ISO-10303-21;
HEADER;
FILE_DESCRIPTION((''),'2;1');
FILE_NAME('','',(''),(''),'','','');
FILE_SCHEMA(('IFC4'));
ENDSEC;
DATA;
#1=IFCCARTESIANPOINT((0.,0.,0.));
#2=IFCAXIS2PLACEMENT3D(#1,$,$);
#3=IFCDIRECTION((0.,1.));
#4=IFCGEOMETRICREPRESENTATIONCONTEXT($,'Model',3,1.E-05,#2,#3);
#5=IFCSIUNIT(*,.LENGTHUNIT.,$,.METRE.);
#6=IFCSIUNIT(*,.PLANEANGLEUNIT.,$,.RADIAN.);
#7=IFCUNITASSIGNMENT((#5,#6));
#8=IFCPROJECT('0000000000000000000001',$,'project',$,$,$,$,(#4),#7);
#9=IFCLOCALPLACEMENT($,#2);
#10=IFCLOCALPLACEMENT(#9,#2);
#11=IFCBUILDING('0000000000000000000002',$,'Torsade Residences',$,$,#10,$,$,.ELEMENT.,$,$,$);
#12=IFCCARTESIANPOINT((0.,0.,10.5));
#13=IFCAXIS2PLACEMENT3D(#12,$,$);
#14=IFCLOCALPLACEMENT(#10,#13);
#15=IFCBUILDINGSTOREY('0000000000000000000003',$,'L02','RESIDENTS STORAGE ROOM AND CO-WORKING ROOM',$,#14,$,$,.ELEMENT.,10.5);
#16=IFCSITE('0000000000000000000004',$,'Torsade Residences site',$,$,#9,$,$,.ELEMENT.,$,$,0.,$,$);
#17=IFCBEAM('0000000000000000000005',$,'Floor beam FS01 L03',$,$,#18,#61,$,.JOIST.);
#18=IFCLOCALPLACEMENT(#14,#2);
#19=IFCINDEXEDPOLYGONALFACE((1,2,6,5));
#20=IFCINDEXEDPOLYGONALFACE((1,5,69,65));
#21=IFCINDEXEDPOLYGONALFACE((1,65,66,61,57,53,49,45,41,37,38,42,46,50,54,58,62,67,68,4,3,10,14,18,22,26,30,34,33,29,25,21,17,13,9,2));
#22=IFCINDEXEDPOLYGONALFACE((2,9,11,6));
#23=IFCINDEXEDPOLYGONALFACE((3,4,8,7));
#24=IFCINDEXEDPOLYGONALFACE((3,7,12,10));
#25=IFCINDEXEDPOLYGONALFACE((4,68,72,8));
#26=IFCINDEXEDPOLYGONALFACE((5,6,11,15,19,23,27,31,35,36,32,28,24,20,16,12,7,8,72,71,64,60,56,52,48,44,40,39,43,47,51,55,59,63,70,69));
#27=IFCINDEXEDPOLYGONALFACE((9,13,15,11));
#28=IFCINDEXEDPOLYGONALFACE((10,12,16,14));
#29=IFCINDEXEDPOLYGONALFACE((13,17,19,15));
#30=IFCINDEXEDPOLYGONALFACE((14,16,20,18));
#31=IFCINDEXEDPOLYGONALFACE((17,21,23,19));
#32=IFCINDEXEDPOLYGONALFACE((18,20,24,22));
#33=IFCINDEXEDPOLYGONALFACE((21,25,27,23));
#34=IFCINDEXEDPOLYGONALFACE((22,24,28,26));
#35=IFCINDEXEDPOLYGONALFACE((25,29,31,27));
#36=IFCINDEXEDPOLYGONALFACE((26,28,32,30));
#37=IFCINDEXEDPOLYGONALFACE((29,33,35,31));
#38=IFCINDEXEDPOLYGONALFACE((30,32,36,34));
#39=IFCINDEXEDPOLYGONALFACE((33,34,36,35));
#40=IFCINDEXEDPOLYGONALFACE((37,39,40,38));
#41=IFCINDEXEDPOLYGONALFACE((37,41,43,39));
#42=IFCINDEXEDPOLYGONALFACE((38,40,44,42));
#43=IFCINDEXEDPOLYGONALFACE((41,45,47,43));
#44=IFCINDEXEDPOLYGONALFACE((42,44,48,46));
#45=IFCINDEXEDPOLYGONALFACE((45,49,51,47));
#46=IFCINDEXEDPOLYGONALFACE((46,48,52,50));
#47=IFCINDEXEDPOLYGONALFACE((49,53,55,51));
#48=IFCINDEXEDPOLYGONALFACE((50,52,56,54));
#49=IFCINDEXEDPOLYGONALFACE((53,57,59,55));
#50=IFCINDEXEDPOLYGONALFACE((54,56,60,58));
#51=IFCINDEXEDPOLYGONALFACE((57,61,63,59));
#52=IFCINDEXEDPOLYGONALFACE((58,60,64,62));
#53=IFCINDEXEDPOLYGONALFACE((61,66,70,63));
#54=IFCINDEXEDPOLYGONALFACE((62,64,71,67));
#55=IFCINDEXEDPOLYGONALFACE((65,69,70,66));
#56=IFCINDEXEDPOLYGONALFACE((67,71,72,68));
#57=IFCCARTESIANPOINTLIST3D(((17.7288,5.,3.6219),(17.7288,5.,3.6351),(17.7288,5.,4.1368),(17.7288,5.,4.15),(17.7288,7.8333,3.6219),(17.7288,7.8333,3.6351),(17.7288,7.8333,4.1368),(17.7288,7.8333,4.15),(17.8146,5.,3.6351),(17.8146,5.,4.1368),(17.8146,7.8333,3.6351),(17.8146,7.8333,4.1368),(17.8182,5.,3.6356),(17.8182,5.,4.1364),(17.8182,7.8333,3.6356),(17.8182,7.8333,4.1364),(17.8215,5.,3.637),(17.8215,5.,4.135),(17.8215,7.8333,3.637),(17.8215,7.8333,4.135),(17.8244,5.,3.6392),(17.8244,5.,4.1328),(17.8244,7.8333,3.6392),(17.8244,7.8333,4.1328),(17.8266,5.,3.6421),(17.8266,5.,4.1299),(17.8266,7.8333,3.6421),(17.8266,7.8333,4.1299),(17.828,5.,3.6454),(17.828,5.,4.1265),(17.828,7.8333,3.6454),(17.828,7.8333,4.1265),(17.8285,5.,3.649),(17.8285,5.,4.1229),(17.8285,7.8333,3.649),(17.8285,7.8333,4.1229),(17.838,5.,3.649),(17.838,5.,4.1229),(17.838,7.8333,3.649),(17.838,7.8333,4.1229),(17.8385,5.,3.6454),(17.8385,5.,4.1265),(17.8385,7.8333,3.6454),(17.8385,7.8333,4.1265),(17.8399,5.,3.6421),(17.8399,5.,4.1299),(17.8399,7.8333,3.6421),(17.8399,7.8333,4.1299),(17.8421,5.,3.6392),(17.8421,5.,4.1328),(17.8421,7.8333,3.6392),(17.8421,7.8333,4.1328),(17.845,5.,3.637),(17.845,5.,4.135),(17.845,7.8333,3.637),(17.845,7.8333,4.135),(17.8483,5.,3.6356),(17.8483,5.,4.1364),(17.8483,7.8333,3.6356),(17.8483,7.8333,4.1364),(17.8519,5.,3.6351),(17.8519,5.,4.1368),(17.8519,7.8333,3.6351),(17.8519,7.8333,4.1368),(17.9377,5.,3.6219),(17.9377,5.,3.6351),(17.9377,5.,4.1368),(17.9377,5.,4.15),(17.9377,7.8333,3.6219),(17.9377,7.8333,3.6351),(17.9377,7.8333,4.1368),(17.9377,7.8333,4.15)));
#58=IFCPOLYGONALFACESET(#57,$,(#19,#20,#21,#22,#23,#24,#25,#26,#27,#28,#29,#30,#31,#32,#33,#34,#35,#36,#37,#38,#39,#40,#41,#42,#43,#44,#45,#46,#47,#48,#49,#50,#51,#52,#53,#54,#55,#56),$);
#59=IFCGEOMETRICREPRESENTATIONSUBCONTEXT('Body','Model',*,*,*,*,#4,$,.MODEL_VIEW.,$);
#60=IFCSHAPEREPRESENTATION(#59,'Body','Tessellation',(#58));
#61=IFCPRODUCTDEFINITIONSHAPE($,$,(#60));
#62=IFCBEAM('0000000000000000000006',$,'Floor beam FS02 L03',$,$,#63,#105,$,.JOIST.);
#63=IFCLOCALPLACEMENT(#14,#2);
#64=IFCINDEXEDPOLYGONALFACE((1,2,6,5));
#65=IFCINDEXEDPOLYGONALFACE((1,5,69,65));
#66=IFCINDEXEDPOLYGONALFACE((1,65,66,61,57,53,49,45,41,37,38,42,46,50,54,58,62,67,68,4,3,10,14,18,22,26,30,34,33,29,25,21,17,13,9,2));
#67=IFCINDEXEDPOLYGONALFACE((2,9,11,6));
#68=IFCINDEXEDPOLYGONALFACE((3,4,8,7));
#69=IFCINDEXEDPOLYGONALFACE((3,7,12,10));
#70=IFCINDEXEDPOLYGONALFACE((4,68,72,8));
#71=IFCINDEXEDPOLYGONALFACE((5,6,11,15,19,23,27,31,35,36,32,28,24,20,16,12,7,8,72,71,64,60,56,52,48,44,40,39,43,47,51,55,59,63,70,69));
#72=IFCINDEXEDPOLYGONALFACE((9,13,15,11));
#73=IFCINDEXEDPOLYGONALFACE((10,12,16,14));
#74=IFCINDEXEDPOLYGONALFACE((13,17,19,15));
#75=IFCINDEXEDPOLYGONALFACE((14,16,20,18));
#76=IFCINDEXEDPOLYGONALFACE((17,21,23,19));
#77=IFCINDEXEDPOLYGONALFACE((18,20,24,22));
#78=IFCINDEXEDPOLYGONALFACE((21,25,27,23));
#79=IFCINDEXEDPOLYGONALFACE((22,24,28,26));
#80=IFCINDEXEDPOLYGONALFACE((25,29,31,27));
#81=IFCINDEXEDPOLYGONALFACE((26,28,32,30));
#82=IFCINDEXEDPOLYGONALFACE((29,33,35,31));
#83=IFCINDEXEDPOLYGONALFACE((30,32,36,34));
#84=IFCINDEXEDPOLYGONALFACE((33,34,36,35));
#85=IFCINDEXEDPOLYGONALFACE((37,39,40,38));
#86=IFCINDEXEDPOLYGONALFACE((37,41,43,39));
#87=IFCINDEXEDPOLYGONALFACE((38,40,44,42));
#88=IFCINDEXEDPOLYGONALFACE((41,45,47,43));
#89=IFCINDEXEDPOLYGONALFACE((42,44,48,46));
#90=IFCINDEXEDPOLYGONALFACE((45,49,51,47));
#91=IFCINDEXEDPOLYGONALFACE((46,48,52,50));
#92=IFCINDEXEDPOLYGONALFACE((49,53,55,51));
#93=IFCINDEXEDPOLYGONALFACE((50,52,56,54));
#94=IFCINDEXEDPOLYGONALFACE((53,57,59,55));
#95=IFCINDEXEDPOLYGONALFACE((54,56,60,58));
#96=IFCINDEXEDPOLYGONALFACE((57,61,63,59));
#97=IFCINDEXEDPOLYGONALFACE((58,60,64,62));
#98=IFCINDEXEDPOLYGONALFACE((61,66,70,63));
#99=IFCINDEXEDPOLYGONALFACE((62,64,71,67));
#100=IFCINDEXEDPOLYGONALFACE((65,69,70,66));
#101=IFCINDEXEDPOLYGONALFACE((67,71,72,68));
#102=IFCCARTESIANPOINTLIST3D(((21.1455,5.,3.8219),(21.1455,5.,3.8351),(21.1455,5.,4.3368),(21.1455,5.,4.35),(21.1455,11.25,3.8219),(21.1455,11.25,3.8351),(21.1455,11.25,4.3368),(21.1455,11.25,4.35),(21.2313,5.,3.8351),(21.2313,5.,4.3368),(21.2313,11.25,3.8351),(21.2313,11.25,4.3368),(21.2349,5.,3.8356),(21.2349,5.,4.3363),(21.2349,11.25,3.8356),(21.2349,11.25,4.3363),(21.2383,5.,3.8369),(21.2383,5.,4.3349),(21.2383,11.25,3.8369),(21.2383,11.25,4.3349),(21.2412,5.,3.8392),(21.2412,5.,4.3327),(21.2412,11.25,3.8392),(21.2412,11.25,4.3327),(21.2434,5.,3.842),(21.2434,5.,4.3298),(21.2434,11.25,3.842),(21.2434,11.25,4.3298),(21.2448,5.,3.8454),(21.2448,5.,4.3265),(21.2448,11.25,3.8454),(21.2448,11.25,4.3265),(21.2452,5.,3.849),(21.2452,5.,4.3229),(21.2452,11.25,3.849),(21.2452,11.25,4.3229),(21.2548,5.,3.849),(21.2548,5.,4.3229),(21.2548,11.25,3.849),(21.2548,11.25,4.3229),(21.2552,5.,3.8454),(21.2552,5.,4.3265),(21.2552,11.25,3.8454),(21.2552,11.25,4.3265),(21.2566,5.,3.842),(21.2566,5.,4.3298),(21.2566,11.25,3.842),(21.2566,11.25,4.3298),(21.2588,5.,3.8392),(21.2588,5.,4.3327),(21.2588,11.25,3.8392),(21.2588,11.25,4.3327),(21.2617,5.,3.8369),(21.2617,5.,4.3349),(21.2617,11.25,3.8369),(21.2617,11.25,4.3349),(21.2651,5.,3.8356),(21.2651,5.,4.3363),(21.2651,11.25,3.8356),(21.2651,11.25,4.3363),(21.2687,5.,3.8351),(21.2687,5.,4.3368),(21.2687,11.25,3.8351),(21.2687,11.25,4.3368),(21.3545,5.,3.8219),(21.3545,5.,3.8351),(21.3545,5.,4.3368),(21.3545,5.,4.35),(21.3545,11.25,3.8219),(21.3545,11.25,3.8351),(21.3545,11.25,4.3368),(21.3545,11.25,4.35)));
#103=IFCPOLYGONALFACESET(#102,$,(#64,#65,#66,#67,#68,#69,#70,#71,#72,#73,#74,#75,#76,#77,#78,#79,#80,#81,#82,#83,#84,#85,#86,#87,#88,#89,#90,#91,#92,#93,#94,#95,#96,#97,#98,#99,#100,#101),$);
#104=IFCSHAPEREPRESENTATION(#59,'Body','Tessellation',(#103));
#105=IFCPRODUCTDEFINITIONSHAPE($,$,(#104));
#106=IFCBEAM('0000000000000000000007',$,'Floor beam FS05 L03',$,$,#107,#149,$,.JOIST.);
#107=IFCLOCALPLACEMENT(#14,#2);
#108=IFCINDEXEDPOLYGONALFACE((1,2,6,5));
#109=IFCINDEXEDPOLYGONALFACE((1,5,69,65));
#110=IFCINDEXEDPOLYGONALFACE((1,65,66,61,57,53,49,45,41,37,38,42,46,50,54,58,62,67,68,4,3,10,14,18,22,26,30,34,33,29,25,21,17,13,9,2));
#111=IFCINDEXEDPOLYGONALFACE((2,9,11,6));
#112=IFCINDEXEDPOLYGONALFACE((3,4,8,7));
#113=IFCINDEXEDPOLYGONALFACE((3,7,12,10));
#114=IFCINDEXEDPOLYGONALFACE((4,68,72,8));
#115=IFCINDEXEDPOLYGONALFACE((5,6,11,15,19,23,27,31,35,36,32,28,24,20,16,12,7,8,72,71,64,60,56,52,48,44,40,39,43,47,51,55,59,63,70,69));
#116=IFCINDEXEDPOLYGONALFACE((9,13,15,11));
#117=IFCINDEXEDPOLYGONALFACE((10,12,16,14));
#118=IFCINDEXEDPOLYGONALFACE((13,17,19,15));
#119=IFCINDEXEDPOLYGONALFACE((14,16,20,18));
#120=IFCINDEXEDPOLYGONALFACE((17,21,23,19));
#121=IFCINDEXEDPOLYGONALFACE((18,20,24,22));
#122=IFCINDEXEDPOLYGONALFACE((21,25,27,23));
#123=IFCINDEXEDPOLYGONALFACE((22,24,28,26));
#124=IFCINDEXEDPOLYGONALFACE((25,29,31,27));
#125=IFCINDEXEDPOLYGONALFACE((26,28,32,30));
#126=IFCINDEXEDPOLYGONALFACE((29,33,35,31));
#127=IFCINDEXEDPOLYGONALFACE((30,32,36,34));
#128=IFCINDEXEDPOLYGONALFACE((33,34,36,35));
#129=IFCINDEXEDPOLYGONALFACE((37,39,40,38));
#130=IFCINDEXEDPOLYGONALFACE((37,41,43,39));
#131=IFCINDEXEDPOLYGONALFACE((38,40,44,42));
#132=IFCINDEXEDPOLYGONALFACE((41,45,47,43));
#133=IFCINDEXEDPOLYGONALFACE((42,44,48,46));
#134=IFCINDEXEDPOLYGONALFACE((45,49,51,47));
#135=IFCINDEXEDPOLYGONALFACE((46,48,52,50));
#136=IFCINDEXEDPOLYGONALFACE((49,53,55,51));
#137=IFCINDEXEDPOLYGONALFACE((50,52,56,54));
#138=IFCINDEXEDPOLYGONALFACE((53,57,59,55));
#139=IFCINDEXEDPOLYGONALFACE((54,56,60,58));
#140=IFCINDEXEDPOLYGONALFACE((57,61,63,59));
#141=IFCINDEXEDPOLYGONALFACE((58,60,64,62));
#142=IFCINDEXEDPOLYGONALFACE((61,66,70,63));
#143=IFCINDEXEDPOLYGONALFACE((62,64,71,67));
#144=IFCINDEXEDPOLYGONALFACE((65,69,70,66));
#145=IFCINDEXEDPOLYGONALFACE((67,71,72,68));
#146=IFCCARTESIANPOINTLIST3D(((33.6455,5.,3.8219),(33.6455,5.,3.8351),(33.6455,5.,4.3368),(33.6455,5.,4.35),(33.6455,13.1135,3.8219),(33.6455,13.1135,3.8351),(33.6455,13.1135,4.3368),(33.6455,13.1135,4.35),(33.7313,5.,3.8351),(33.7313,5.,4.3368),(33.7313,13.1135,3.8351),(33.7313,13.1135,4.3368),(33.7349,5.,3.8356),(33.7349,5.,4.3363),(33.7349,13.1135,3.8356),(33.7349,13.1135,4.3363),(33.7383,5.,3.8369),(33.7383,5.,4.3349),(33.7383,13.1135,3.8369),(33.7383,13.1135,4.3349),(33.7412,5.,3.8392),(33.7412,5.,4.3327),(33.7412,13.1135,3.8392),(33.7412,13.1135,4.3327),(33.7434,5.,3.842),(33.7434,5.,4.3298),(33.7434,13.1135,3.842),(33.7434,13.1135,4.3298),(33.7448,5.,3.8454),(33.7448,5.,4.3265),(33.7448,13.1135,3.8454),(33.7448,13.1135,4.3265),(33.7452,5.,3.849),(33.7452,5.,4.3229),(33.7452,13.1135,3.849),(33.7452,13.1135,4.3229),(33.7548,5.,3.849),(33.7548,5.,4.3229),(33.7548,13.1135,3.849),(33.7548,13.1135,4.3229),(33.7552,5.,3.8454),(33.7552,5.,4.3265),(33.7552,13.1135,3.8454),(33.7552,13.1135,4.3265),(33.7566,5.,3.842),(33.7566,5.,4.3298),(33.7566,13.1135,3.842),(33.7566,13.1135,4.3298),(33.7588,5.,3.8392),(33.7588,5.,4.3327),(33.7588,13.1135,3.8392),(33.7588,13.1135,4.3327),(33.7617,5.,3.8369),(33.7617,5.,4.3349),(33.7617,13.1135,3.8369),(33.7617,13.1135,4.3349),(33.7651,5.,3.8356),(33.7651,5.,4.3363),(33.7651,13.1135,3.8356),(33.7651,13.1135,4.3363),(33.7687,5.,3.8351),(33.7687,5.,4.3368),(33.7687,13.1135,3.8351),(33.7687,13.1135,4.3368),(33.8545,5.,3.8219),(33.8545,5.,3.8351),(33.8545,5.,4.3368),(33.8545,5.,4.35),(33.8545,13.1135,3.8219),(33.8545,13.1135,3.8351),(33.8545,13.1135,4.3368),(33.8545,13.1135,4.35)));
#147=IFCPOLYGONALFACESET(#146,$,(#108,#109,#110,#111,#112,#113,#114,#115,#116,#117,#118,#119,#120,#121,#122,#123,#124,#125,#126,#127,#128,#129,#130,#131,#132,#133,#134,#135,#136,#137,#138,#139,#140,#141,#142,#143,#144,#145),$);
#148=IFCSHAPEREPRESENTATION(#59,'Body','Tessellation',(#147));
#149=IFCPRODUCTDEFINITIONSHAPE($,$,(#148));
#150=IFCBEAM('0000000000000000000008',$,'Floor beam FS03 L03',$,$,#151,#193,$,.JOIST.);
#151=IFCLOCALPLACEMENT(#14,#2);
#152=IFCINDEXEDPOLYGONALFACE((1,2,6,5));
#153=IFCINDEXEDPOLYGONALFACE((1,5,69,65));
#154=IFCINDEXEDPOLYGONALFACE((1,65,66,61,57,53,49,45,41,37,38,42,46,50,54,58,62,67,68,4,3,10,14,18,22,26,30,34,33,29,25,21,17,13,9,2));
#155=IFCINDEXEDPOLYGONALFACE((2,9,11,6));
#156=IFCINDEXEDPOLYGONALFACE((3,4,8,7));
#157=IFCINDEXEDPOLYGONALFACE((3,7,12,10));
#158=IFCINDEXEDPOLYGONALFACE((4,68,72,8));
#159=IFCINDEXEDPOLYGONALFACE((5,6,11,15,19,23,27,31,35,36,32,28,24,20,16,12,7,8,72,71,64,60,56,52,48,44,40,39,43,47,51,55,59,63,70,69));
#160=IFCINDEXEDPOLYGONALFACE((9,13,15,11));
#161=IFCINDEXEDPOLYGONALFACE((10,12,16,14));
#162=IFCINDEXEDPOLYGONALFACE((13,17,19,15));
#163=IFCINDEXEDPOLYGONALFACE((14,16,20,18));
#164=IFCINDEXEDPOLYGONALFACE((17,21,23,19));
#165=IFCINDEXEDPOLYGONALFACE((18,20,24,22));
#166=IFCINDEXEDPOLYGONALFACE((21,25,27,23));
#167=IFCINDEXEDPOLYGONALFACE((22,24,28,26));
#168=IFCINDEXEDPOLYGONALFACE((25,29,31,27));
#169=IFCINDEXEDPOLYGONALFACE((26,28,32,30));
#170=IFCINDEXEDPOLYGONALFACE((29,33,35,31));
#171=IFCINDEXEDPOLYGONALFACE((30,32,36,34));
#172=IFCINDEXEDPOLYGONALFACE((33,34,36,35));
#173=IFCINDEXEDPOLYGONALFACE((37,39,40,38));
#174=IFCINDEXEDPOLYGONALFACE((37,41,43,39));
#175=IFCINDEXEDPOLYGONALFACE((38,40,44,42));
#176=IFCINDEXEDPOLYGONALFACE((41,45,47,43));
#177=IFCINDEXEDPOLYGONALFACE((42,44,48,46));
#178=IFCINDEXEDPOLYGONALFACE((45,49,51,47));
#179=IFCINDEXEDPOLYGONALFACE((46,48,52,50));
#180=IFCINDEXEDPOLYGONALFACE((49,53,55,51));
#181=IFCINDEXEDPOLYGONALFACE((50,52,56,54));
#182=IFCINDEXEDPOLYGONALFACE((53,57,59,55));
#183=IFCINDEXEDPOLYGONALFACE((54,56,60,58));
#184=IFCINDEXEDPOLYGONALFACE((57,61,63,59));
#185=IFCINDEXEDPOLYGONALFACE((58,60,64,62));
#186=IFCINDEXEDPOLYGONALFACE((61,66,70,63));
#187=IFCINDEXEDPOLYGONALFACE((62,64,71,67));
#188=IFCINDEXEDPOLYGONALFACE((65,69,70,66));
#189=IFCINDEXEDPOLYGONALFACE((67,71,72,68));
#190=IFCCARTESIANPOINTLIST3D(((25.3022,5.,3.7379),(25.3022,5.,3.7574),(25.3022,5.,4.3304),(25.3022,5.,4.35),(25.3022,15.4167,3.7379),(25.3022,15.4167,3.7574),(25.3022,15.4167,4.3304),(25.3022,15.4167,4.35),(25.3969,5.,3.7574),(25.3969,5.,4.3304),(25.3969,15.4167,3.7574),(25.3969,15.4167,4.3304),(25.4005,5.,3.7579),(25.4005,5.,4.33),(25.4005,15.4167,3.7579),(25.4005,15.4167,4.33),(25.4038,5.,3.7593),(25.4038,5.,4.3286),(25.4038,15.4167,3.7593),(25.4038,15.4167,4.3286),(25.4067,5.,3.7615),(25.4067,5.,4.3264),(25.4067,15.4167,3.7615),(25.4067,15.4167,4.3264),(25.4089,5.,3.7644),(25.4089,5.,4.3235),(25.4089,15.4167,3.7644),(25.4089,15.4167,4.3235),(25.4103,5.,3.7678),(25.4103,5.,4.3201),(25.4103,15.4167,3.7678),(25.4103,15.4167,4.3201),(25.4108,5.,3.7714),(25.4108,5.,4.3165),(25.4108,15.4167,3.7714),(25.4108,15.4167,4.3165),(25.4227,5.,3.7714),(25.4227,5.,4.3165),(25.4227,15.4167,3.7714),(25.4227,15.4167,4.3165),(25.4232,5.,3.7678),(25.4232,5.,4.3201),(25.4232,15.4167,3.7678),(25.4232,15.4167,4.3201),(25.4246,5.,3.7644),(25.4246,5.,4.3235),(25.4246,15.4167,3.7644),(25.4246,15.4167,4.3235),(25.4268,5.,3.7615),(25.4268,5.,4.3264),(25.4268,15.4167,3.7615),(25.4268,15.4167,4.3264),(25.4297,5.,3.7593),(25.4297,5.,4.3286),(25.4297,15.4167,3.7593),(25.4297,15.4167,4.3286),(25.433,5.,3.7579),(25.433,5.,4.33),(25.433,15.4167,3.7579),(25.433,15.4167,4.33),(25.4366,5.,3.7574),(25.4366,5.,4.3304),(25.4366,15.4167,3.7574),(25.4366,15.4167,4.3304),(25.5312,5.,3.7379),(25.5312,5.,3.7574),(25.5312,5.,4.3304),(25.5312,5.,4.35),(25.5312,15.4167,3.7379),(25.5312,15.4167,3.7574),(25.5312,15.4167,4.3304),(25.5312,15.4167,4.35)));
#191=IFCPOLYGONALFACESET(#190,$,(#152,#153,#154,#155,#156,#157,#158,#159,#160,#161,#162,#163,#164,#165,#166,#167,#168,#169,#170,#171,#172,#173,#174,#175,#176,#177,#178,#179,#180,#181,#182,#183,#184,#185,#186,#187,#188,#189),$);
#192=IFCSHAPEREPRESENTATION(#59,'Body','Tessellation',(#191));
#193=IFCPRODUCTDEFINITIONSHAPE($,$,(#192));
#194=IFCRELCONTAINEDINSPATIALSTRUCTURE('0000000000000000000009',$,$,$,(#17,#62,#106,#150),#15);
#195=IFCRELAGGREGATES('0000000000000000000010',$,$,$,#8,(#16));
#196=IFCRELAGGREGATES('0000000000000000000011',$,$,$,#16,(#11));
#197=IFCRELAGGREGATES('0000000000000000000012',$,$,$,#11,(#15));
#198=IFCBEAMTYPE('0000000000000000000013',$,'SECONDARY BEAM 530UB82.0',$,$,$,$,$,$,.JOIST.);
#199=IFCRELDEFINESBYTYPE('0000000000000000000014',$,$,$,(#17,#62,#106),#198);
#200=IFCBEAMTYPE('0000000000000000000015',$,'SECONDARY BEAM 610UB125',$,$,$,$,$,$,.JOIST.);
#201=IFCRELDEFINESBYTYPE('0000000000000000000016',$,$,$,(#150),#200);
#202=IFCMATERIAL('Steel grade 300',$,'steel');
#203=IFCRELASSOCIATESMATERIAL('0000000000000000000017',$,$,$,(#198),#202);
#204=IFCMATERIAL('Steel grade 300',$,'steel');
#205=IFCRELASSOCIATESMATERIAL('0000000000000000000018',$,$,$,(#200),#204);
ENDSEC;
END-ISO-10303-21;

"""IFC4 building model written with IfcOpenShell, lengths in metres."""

from ifc_helpers import new_model, si_unit, direction, frame, origin, origin_2d, place, context, subcontext, project, spatial, i_section, extrude, material, material_profile, profile_set, type_object, element, save


model = new_model("IFC4")

# Units and contexts
model_context = context("Model", 3, precision=1e-05, world=origin(), true_north=direction((0.0, 1.0)))
body_context = subcontext(model_context, "Body", "Model", "MODEL_VIEW")
ifc_project = project(units=[si_unit("LENGTHUNIT", "METRE"), si_unit("PLANEANGLEUNIT", "RADIAN")], contexts=[model_context])

# Site, building, storey
site_placement = place(None, origin())
site = spatial("IfcSite", under=ifc_project, at=site_placement, Name="Torsade Residences site", CompositionType="ELEMENT", RefElevation=0.0)
building_placement = place(site_placement, origin())
building = spatial("IfcBuilding", under=site, at=building_placement, Name="Torsade Residences", CompositionType="ELEMENT")
storey_placement = place(building_placement, frame((0.0, 0.0, 10.5)))
storey = spatial("IfcBuildingStorey", under=building, at=storey_placement, Name="L02", Description="RESIDENTS STORAGE ROOM AND CO-WORKING ROOM", CompositionType="ELEMENT", Elevation=10.5)

# Beams
ifc_material_1 = material(Name="Steel grade 300", Category="steel")
ifc_material_profile_1 = material_profile(ifc_material_1, i_section(OverallWidth=0.209, OverallDepth=0.5281, WebThickness=0.0095, FlangeThickness=0.0132, FilletRadius=0.0139, at=origin_2d()), Name="530UB82.0")
ifc_profile_set_1 = profile_set([ifc_material_profile_1], Name="Steel grade 300")
beam_type_1 = type_object("IfcBeamType", Name="SECONDARY BEAM 530UB82.0", PredefinedType="JOIST", material=ifc_profile_set_1)
beam_1_placement = place(storey_placement, frame((17.8333, 5.0, 3.886), z_axis=(0.0, 1.0, 0.0), x_axis=(-1.0, 0.0, 0.0)))
element("IfcBeam", 1, at=beam_1_placement, inside=storey, type_object=beam_type_1, Name="Floor beam FS01 L03", PredefinedType="JOIST", context=body_context, shape_type="SweptSolid", body=[
    extrude(i_section(OverallWidth=0.209, OverallDepth=0.5281, WebThickness=0.0095, FlangeThickness=0.0132, FilletRadius=0.0139, at=origin_2d()), origin(), (0.0, 0.0, 1.0), 2.8333),
])
beam_2_placement = place(storey_placement, frame((21.25, 5.0, 4.0859), z_axis=(0.0, 1.0, 0.0), x_axis=(-1.0, 0.0, 0.0)))
element("IfcBeam", 2, at=beam_2_placement, inside=storey, type_object=beam_type_1, Name="Floor beam FS02 L03", PredefinedType="JOIST", context=body_context, shape_type="SweptSolid", body=[
    extrude(i_section(OverallWidth=0.209, OverallDepth=0.5281, WebThickness=0.0095, FlangeThickness=0.0132, FilletRadius=0.0139, at=origin_2d()), origin(), (0.0, 0.0, 1.0), 6.25),
])
beam_3_placement = place(storey_placement, frame((33.75, 5.0, 4.0859), z_axis=(0.0, 1.0, 0.0), x_axis=(-1.0, 0.0, 0.0)))
element("IfcBeam", 3, at=beam_3_placement, inside=storey, type_object=beam_type_1, Name="Floor beam FS05 L03", PredefinedType="JOIST", context=body_context, shape_type="SweptSolid", body=[
    extrude(i_section(OverallWidth=0.209, OverallDepth=0.5281, WebThickness=0.0095, FlangeThickness=0.0132, FilletRadius=0.0139, at=origin_2d()), origin(), (0.0, 0.0, 1.0), 8.1135),
])
ifc_material_2 = material(Name="Steel grade 300", Category="steel")
ifc_material_profile_2 = material_profile(ifc_material_2, i_section(OverallWidth=0.229, OverallDepth=0.6121, WebThickness=0.012, FlangeThickness=0.0195, FilletRadius=0.0139, at=origin_2d()), Name="610UB125")
ifc_profile_set_2 = profile_set([ifc_material_profile_2], Name="Steel grade 300")
beam_type_2 = type_object("IfcBeamType", Name="SECONDARY BEAM 610UB125", PredefinedType="JOIST", material=ifc_profile_set_2)
beam_4_placement = place(storey_placement, frame((25.4167, 5.0, 4.0439), z_axis=(0.0, 1.0, 0.0), x_axis=(-1.0, 0.0, 0.0)))
element("IfcBeam", 4, at=beam_4_placement, inside=storey, type_object=beam_type_2, Name="Floor beam FS03 L03", PredefinedType="JOIST", context=body_context, shape_type="SweptSolid", body=[
    extrude(i_section(OverallWidth=0.229, OverallDepth=0.6121, WebThickness=0.012, FlangeThickness=0.0195, FilletRadius=0.0139, at=origin_2d()), origin(), (0.0, 0.0, 1.0), 10.4167),
])

save(model, "model.ifc")
